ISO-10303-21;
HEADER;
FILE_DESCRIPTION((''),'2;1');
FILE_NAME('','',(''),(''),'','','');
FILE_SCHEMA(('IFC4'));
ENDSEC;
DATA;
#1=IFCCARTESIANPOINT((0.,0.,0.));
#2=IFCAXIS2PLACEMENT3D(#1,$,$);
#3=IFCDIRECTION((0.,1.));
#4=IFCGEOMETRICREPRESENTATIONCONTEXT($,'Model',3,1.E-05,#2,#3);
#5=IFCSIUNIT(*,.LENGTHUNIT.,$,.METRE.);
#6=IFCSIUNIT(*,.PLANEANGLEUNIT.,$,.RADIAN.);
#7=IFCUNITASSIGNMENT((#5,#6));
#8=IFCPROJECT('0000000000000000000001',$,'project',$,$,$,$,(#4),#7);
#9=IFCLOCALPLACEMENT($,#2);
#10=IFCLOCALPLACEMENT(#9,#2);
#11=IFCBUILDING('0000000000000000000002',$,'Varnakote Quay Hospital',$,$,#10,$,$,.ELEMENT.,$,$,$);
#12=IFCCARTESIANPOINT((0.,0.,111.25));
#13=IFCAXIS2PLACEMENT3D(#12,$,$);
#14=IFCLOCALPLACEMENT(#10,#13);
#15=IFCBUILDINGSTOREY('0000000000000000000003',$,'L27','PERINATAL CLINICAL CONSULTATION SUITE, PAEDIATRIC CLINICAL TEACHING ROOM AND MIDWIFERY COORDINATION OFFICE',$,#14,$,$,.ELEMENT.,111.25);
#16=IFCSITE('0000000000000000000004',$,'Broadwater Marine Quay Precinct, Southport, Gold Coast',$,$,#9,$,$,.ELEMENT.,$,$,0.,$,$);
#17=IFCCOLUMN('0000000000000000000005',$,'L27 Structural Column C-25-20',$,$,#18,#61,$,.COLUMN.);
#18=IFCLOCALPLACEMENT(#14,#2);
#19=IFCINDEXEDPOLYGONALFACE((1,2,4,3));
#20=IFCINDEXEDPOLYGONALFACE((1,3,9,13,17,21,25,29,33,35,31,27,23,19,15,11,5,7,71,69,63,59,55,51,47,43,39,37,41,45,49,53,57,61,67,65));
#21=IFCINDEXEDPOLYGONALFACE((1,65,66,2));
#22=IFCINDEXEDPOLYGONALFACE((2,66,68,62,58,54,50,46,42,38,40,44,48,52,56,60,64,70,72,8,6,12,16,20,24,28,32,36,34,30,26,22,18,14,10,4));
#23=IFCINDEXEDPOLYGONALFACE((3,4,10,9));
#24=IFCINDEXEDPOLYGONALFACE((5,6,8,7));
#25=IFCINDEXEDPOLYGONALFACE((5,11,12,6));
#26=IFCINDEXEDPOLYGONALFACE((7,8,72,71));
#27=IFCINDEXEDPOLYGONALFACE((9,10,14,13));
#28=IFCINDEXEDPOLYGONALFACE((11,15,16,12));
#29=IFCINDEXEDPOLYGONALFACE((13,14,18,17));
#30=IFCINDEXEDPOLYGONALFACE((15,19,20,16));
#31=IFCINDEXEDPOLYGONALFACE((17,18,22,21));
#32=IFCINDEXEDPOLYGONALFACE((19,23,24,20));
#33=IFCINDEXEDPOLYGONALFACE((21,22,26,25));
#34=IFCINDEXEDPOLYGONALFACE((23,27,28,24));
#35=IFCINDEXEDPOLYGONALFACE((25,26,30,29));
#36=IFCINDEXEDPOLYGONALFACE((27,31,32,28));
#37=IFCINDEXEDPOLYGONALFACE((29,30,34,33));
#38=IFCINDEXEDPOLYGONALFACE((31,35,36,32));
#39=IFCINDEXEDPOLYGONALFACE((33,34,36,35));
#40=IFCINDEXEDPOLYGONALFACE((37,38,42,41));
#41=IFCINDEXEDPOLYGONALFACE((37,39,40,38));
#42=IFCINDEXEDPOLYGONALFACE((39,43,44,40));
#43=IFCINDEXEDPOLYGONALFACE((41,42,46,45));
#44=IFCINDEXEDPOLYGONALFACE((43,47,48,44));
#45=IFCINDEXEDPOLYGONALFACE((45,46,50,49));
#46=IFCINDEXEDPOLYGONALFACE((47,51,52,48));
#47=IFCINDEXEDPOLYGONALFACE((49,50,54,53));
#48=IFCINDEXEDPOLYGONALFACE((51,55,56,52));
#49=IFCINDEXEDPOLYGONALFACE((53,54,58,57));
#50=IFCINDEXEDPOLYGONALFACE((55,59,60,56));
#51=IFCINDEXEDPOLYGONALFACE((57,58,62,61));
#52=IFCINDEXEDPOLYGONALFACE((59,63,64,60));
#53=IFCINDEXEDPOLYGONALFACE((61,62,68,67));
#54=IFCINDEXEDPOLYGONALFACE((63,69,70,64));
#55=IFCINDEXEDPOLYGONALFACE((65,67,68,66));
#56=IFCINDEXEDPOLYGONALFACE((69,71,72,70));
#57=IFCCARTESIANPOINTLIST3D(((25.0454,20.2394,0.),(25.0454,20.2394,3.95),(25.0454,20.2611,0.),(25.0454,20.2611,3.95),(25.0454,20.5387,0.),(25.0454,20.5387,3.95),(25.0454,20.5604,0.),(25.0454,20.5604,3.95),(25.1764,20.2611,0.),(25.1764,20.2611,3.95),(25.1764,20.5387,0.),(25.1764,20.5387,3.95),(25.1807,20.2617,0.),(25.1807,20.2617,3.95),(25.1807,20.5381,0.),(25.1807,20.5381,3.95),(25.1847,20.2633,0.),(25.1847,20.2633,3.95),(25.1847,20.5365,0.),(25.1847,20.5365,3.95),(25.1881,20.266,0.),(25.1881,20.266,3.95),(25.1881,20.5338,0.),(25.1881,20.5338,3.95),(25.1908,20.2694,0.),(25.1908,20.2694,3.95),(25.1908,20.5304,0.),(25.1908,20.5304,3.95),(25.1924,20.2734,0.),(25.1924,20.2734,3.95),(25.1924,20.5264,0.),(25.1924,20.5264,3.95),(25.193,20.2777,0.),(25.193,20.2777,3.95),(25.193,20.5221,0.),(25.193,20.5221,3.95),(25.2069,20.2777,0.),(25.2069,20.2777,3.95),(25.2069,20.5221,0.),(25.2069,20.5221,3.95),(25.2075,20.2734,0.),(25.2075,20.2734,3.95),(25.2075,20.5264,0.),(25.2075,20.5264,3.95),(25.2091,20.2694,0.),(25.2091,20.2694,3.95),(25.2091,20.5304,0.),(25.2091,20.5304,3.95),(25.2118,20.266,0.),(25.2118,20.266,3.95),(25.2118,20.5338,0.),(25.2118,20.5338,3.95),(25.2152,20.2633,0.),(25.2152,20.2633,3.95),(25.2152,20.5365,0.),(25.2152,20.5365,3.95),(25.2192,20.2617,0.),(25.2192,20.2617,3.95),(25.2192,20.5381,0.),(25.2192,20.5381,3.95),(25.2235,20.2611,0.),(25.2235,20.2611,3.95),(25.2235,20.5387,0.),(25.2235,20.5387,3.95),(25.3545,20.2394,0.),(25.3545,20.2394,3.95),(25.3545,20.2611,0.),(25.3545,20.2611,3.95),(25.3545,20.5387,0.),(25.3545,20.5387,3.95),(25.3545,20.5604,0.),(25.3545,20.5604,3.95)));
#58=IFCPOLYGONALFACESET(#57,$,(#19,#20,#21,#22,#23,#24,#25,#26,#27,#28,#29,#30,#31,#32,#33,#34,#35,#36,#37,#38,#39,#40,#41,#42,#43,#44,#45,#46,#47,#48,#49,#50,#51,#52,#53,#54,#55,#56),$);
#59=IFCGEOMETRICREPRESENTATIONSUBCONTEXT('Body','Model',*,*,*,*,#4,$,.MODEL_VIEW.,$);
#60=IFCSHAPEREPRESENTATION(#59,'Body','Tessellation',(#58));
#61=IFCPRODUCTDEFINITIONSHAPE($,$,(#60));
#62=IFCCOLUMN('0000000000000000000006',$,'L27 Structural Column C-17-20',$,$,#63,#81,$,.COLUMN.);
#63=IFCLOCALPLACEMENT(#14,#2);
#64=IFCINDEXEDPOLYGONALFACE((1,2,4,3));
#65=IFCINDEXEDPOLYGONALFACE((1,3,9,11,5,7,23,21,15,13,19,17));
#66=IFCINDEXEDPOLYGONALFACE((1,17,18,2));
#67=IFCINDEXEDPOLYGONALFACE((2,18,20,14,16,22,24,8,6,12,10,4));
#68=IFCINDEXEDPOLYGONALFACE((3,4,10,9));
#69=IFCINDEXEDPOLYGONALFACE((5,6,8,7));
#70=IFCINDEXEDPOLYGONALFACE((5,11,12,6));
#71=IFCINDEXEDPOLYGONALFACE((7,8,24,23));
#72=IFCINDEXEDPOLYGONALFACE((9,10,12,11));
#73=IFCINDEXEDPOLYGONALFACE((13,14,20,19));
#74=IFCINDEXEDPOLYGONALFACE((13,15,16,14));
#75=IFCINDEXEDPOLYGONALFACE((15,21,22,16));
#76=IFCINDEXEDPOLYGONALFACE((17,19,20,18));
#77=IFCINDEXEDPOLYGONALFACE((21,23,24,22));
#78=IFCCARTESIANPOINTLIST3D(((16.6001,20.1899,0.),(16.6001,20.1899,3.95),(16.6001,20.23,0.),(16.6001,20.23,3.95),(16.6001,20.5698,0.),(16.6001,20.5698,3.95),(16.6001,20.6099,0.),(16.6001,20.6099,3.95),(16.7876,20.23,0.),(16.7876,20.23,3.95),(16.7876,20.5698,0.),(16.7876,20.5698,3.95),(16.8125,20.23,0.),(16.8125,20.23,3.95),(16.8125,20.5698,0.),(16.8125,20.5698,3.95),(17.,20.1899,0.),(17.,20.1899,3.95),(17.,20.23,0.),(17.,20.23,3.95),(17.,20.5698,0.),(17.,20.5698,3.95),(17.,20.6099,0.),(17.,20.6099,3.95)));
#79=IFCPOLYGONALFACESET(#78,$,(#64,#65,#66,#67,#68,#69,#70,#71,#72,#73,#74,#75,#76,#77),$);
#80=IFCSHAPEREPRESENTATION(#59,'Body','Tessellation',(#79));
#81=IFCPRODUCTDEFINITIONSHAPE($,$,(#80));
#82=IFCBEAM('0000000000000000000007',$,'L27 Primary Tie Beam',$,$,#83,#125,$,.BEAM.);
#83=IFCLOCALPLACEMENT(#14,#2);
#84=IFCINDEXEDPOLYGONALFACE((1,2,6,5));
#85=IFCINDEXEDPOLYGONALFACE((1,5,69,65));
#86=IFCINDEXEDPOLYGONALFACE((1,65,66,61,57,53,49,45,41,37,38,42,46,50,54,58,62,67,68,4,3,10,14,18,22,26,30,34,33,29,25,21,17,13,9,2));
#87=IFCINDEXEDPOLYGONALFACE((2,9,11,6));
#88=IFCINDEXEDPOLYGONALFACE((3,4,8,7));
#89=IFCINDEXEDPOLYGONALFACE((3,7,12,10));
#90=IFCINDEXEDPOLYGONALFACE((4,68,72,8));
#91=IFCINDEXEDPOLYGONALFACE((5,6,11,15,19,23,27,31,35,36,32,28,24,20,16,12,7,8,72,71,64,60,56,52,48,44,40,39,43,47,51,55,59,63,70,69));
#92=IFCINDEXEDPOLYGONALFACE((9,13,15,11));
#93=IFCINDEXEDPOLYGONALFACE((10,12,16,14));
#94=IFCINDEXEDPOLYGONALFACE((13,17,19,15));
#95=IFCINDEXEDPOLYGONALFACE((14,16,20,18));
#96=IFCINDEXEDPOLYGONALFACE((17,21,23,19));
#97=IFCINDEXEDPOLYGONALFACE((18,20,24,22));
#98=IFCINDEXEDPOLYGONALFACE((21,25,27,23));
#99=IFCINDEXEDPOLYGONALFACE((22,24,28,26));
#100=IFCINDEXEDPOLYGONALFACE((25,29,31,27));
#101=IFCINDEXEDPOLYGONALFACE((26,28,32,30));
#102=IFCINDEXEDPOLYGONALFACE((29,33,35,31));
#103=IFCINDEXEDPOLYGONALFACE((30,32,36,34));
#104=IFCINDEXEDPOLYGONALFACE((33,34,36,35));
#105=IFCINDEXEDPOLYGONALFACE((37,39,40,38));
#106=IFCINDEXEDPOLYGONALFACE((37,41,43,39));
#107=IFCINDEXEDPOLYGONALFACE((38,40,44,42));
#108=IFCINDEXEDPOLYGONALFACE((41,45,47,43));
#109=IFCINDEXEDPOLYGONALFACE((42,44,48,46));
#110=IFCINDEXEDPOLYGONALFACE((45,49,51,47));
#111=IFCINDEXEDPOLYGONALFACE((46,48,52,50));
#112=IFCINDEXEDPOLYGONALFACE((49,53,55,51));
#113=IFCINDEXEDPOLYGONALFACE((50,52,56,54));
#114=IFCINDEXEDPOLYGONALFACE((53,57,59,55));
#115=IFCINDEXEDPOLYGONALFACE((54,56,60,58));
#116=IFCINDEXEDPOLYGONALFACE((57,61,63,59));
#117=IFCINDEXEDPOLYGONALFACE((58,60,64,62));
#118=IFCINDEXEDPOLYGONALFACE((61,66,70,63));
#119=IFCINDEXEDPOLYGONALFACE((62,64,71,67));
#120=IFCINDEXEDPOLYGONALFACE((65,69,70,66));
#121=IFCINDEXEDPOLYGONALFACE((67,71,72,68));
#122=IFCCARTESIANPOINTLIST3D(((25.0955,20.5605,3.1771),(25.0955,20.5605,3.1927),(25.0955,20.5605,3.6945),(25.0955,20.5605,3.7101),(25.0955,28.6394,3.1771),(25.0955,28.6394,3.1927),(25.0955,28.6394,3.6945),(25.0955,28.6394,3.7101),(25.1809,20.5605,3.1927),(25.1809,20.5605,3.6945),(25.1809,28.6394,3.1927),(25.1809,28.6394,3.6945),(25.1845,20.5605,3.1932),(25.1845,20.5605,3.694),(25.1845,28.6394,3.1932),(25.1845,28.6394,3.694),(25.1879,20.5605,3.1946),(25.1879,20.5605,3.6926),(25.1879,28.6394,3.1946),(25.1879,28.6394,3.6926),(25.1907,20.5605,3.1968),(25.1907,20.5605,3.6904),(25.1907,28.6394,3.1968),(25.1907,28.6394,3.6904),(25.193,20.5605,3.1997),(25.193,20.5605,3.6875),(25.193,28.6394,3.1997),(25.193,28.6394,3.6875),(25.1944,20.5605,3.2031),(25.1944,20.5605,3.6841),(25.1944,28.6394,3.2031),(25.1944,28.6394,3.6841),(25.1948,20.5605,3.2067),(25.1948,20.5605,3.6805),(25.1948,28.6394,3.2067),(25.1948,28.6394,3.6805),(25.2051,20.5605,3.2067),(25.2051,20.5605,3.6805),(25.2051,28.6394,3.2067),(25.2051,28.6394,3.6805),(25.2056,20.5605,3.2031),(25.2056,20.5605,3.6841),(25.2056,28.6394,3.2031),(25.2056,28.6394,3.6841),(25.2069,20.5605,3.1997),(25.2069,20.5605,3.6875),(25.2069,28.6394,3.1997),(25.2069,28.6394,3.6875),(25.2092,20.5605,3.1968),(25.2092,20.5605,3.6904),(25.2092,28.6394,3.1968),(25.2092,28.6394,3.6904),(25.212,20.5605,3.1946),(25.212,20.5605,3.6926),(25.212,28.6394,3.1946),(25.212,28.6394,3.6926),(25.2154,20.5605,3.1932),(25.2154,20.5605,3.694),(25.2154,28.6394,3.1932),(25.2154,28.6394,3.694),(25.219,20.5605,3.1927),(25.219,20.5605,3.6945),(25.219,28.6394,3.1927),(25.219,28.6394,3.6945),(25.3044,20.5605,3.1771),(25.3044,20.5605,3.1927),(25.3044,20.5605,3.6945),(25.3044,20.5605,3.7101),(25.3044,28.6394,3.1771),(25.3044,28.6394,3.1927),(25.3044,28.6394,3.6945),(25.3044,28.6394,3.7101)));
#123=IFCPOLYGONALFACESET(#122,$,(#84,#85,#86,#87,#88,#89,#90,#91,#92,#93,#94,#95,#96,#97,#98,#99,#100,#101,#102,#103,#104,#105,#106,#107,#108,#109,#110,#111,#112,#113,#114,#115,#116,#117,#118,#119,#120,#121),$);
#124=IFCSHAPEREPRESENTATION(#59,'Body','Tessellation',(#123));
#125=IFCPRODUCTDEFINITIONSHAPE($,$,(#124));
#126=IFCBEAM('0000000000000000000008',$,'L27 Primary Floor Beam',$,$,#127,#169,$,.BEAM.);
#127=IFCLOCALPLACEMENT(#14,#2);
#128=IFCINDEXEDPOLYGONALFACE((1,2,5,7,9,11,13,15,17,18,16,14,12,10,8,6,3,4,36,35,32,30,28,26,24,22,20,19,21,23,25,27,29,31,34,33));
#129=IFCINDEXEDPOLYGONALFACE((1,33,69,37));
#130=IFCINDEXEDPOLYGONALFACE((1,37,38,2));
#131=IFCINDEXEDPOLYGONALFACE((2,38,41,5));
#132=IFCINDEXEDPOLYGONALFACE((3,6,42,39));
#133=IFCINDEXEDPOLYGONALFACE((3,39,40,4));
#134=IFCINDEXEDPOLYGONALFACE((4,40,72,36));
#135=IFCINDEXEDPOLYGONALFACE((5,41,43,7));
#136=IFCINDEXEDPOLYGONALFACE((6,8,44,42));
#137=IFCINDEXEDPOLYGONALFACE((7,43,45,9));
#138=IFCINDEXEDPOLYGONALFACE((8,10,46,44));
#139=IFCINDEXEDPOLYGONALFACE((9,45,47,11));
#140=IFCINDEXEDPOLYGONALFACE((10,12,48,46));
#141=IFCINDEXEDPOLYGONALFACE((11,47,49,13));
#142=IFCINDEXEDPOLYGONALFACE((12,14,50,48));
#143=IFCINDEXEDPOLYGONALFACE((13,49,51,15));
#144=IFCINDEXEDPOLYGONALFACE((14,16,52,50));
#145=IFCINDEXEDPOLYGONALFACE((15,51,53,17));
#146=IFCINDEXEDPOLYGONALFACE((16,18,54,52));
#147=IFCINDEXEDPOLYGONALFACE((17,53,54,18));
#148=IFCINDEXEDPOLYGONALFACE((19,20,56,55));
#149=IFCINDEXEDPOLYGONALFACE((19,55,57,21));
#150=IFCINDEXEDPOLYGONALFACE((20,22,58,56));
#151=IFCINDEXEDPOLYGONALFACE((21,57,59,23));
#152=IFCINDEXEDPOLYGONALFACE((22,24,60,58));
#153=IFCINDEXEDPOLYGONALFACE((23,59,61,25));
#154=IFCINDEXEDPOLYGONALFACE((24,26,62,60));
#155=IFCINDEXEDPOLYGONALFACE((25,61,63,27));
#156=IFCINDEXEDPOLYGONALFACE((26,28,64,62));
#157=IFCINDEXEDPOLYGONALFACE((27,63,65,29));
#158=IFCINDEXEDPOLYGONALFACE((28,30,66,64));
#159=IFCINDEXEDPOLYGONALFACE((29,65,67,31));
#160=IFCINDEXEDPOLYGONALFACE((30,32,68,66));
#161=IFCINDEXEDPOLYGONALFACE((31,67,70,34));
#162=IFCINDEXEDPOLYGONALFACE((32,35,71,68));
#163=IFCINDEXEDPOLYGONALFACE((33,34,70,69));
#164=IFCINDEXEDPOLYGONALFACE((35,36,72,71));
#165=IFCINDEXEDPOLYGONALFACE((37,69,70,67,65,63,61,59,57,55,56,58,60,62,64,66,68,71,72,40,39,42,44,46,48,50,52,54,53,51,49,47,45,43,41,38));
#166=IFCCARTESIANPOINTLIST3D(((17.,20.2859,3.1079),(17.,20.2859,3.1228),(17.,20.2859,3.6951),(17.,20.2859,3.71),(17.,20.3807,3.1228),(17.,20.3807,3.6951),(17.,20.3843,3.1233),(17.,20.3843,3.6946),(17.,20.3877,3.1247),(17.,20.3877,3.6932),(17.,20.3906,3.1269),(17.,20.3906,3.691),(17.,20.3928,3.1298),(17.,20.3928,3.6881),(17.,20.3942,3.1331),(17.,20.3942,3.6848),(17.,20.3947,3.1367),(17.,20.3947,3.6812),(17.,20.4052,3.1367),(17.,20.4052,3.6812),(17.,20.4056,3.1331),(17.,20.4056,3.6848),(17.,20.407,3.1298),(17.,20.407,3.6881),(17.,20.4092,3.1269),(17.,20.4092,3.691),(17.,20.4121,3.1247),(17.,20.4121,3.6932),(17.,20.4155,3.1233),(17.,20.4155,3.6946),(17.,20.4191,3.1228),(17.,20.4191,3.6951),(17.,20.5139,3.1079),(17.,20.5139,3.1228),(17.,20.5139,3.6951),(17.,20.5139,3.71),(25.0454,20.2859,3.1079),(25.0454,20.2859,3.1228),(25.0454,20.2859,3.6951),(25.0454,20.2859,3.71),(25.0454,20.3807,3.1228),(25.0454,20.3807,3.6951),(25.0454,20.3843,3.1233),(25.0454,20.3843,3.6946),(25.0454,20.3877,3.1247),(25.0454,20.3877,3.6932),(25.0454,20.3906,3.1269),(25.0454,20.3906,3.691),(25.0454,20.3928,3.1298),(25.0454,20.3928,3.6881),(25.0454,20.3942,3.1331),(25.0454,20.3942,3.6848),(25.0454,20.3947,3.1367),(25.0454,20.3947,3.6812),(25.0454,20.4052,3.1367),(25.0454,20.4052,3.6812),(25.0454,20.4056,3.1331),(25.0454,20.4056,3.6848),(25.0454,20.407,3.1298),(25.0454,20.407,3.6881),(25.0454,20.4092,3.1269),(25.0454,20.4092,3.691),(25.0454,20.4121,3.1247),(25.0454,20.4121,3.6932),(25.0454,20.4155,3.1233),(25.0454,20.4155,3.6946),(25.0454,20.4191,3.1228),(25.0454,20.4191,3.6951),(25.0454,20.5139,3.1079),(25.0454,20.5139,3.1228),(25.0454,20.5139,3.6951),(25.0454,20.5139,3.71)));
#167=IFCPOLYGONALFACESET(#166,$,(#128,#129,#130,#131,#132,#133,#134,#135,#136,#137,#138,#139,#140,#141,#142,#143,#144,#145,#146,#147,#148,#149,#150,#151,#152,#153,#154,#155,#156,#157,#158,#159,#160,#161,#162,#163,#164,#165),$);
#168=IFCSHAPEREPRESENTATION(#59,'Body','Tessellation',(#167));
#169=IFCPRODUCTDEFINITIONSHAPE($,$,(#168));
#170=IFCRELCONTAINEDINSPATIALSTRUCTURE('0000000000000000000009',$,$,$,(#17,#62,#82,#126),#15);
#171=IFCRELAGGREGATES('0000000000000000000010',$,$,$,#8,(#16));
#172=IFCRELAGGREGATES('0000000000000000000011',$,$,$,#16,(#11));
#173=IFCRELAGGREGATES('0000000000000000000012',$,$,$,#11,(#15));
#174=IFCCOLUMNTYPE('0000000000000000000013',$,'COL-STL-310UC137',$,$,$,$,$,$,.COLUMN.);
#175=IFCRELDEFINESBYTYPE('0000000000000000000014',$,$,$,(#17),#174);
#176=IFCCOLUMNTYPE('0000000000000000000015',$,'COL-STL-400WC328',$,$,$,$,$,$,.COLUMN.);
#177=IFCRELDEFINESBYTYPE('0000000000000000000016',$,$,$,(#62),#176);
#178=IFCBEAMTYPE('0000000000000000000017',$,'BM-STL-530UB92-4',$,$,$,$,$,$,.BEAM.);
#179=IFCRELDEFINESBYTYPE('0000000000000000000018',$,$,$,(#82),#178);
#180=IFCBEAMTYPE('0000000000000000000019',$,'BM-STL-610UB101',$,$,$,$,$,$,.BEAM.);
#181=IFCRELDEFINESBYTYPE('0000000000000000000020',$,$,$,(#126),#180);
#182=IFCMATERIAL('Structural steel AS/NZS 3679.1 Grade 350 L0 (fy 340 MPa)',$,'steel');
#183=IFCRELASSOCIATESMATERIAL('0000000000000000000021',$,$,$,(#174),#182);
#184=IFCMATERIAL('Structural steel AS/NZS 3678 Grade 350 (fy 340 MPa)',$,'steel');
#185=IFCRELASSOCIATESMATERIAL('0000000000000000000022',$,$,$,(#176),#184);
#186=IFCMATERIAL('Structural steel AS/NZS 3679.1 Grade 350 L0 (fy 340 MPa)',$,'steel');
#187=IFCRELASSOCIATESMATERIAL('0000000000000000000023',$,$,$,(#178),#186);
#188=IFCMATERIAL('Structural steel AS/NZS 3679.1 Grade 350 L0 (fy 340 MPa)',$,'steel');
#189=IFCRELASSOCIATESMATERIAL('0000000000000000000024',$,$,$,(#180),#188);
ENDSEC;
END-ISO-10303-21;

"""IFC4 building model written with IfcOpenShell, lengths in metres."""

from ifc_helpers import new_model, si_unit, direction, frame, origin, origin_2d, place, context, subcontext, project, spatial, i_section, extrude, material, material_profile, profile_set, type_object, element, save


model = new_model("IFC4")

# Units and contexts
model_context = context("Model", 3, precision=1e-05, world=origin(), true_north=direction((0.0, 1.0)))
body_context = subcontext(model_context, "Body", "Model", "MODEL_VIEW")
ifc_project = project(units=[si_unit("LENGTHUNIT", "METRE"), si_unit("PLANEANGLEUNIT", "RADIAN")], contexts=[model_context])

# Site, building, storey
site_placement = place(None, origin())
site = spatial("IfcSite", under=ifc_project, at=site_placement, Name="Broadwater Marine Quay Precinct, Southport, Gold Coast", CompositionType="ELEMENT", RefElevation=0.0)
building_placement = place(site_placement, origin())
building = spatial("IfcBuilding", under=site, at=building_placement, Name="Varnakote Quay Hospital", CompositionType="ELEMENT")
storey_placement = place(building_placement, frame((0.0, 0.0, 111.25)))
storey = spatial("IfcBuildingStorey", under=building, at=storey_placement, Name="L27", Description="PERINATAL CLINICAL CONSULTATION SUITE, PAEDIATRIC CLINICAL TEACHING ROOM AND MIDWIFERY COORDINATION OFFICE", CompositionType="ELEMENT", Elevation=111.25)

# Columns
ifc_material_1 = material(Name="Structural steel AS/NZS 3679.1 Grade 350 L0 (fy 340 MPa)", Category="steel")
ifc_material_profile_1 = material_profile(ifc_material_1, i_section(OverallWidth=0.3091, OverallDepth=0.321, WebThickness=0.0139, FlangeThickness=0.0217, FilletRadius=0.0166, at=origin_2d()), Name="310UC137")
ifc_profile_set_1 = profile_set([ifc_material_profile_1], Name="Structural steel AS/NZS 3679.1 Grade 350 L0 (fy 340 MPa)")
column_type_1 = type_object("IfcColumnType", Name="COL-STL-310UC137", PredefinedType="COLUMN", material=ifc_profile_set_1)
column_1_placement = place(storey_placement, frame((25.2, 20.3999, 0.0), z_axis=(0.0, 0.0, 1.0), x_axis=(1.0, 0.0, 0.0)))
element("IfcColumn", 1, at=column_1_placement, inside=storey, type_object=column_type_1, Name="L27 Structural Column C-25-20", PredefinedType="COLUMN", context=body_context, shape_type="SweptSolid", body=[
    extrude(i_section(OverallWidth=0.3091, OverallDepth=0.321, WebThickness=0.0139, FlangeThickness=0.0217, FilletRadius=0.0166, at=origin_2d()), origin(), (0.0, 0.0, 1.0), 3.95),
])
ifc_material_2 = material(Name="Structural steel AS/NZS 3678 Grade 350 (fy 340 MPa)", Category="steel")
ifc_material_profile_2 = material_profile(ifc_material_2, i_section(OverallWidth=0.3999, OverallDepth=0.4199, WebThickness=0.0249, FlangeThickness=0.04, at=origin_2d()), Name="400WC328")
ifc_profile_set_2 = profile_set([ifc_material_profile_2], Name="Structural steel AS/NZS 3678 Grade 350 (fy 340 MPa)")
column_type_2 = type_object("IfcColumnType", Name="COL-STL-400WC328", PredefinedType="COLUMN", material=ifc_profile_set_2)
column_2_placement = place(storey_placement, frame((16.8, 20.3999, 0.0), z_axis=(0.0, 0.0, 1.0), x_axis=(1.0, 0.0, 0.0)))
element("IfcColumn", 2, at=column_2_placement, inside=storey, type_object=column_type_2, Name="L27 Structural Column C-17-20", PredefinedType="COLUMN", context=body_context, shape_type="SweptSolid", body=[
    extrude(i_section(OverallWidth=0.3999, OverallDepth=0.4199, WebThickness=0.0249, FlangeThickness=0.04, at=origin_2d()), origin(), (0.0, 0.0, 1.0), 3.95),
])

# Beams
ifc_material_3 = material(Name="Structural steel AS/NZS 3679.1 Grade 350 L0 (fy 340 MPa)", Category="steel")
ifc_material_profile_3 = material_profile(ifc_material_3, i_section(OverallWidth=0.209, OverallDepth=0.533, WebThickness=0.0103, FlangeThickness=0.0156, FilletRadius=0.0139, at=origin_2d()), Name="530UB92.4")
ifc_profile_set_3 = profile_set([ifc_material_profile_3], Name="Structural steel AS/NZS 3679.1 Grade 350 L0 (fy 340 MPa)")
beam_type_1 = type_object("IfcBeamType", Name="BM-STL-530UB92-4", PredefinedType="BEAM", material=ifc_profile_set_3)
beam_1_placement = place(storey_placement, frame((25.2, 20.5605, 3.4436), z_axis=(0.0, 1.0, 0.0), x_axis=(-1.0, 0.0, 0.0)))
element("IfcBeam", 3, at=beam_1_placement, inside=storey, type_object=beam_type_1, Name="L27 Primary Tie Beam", PredefinedType="BEAM", context=body_context, shape_type="SweptSolid", body=[
    extrude(i_section(OverallWidth=0.209, OverallDepth=0.533, WebThickness=0.0103, FlangeThickness=0.0156, FilletRadius=0.0139, at=origin_2d()), origin(), (0.0, 0.0, 1.0), 8.0789),
])
ifc_material_4 = material(Name="Structural steel AS/NZS 3679.1 Grade 350 L0 (fy 340 MPa)", Category="steel")
ifc_material_profile_4 = material_profile(ifc_material_4, i_section(OverallWidth=0.228, OverallDepth=0.6021, WebThickness=0.0105, FlangeThickness=0.0149, FilletRadius=0.0139, at=origin_2d()), Name="610UB101")
ifc_profile_set_4 = profile_set([ifc_material_profile_4], Name="Structural steel AS/NZS 3679.1 Grade 350 L0 (fy 340 MPa)")
beam_type_2 = type_object("IfcBeamType", Name="BM-STL-610UB101", PredefinedType="BEAM", material=ifc_profile_set_4)
for number, where, z_axis, x_axis, name in (
    (4, (17.0, 20.3999, 3.4089), (1.0, 0.0, 0.0), (0.0, 1.0, 0.0), "L27 Primary Floor Beam"),
):
    element("IfcBeam", number, at=place(storey_placement, frame(where, z_axis=z_axis, x_axis=x_axis)), inside=storey, type_object=beam_type_2, Name=name, PredefinedType="BEAM", context=body_context, shape_type="SweptSolid", body=[
        extrude(i_section(OverallWidth=0.228, OverallDepth=0.6021, WebThickness=0.0105, FlangeThickness=0.0149, FilletRadius=0.0139, at=origin_2d()), origin(), (0.0, 0.0, 1.0), 8.0454),
    ])

save(model, "model.ifc")
